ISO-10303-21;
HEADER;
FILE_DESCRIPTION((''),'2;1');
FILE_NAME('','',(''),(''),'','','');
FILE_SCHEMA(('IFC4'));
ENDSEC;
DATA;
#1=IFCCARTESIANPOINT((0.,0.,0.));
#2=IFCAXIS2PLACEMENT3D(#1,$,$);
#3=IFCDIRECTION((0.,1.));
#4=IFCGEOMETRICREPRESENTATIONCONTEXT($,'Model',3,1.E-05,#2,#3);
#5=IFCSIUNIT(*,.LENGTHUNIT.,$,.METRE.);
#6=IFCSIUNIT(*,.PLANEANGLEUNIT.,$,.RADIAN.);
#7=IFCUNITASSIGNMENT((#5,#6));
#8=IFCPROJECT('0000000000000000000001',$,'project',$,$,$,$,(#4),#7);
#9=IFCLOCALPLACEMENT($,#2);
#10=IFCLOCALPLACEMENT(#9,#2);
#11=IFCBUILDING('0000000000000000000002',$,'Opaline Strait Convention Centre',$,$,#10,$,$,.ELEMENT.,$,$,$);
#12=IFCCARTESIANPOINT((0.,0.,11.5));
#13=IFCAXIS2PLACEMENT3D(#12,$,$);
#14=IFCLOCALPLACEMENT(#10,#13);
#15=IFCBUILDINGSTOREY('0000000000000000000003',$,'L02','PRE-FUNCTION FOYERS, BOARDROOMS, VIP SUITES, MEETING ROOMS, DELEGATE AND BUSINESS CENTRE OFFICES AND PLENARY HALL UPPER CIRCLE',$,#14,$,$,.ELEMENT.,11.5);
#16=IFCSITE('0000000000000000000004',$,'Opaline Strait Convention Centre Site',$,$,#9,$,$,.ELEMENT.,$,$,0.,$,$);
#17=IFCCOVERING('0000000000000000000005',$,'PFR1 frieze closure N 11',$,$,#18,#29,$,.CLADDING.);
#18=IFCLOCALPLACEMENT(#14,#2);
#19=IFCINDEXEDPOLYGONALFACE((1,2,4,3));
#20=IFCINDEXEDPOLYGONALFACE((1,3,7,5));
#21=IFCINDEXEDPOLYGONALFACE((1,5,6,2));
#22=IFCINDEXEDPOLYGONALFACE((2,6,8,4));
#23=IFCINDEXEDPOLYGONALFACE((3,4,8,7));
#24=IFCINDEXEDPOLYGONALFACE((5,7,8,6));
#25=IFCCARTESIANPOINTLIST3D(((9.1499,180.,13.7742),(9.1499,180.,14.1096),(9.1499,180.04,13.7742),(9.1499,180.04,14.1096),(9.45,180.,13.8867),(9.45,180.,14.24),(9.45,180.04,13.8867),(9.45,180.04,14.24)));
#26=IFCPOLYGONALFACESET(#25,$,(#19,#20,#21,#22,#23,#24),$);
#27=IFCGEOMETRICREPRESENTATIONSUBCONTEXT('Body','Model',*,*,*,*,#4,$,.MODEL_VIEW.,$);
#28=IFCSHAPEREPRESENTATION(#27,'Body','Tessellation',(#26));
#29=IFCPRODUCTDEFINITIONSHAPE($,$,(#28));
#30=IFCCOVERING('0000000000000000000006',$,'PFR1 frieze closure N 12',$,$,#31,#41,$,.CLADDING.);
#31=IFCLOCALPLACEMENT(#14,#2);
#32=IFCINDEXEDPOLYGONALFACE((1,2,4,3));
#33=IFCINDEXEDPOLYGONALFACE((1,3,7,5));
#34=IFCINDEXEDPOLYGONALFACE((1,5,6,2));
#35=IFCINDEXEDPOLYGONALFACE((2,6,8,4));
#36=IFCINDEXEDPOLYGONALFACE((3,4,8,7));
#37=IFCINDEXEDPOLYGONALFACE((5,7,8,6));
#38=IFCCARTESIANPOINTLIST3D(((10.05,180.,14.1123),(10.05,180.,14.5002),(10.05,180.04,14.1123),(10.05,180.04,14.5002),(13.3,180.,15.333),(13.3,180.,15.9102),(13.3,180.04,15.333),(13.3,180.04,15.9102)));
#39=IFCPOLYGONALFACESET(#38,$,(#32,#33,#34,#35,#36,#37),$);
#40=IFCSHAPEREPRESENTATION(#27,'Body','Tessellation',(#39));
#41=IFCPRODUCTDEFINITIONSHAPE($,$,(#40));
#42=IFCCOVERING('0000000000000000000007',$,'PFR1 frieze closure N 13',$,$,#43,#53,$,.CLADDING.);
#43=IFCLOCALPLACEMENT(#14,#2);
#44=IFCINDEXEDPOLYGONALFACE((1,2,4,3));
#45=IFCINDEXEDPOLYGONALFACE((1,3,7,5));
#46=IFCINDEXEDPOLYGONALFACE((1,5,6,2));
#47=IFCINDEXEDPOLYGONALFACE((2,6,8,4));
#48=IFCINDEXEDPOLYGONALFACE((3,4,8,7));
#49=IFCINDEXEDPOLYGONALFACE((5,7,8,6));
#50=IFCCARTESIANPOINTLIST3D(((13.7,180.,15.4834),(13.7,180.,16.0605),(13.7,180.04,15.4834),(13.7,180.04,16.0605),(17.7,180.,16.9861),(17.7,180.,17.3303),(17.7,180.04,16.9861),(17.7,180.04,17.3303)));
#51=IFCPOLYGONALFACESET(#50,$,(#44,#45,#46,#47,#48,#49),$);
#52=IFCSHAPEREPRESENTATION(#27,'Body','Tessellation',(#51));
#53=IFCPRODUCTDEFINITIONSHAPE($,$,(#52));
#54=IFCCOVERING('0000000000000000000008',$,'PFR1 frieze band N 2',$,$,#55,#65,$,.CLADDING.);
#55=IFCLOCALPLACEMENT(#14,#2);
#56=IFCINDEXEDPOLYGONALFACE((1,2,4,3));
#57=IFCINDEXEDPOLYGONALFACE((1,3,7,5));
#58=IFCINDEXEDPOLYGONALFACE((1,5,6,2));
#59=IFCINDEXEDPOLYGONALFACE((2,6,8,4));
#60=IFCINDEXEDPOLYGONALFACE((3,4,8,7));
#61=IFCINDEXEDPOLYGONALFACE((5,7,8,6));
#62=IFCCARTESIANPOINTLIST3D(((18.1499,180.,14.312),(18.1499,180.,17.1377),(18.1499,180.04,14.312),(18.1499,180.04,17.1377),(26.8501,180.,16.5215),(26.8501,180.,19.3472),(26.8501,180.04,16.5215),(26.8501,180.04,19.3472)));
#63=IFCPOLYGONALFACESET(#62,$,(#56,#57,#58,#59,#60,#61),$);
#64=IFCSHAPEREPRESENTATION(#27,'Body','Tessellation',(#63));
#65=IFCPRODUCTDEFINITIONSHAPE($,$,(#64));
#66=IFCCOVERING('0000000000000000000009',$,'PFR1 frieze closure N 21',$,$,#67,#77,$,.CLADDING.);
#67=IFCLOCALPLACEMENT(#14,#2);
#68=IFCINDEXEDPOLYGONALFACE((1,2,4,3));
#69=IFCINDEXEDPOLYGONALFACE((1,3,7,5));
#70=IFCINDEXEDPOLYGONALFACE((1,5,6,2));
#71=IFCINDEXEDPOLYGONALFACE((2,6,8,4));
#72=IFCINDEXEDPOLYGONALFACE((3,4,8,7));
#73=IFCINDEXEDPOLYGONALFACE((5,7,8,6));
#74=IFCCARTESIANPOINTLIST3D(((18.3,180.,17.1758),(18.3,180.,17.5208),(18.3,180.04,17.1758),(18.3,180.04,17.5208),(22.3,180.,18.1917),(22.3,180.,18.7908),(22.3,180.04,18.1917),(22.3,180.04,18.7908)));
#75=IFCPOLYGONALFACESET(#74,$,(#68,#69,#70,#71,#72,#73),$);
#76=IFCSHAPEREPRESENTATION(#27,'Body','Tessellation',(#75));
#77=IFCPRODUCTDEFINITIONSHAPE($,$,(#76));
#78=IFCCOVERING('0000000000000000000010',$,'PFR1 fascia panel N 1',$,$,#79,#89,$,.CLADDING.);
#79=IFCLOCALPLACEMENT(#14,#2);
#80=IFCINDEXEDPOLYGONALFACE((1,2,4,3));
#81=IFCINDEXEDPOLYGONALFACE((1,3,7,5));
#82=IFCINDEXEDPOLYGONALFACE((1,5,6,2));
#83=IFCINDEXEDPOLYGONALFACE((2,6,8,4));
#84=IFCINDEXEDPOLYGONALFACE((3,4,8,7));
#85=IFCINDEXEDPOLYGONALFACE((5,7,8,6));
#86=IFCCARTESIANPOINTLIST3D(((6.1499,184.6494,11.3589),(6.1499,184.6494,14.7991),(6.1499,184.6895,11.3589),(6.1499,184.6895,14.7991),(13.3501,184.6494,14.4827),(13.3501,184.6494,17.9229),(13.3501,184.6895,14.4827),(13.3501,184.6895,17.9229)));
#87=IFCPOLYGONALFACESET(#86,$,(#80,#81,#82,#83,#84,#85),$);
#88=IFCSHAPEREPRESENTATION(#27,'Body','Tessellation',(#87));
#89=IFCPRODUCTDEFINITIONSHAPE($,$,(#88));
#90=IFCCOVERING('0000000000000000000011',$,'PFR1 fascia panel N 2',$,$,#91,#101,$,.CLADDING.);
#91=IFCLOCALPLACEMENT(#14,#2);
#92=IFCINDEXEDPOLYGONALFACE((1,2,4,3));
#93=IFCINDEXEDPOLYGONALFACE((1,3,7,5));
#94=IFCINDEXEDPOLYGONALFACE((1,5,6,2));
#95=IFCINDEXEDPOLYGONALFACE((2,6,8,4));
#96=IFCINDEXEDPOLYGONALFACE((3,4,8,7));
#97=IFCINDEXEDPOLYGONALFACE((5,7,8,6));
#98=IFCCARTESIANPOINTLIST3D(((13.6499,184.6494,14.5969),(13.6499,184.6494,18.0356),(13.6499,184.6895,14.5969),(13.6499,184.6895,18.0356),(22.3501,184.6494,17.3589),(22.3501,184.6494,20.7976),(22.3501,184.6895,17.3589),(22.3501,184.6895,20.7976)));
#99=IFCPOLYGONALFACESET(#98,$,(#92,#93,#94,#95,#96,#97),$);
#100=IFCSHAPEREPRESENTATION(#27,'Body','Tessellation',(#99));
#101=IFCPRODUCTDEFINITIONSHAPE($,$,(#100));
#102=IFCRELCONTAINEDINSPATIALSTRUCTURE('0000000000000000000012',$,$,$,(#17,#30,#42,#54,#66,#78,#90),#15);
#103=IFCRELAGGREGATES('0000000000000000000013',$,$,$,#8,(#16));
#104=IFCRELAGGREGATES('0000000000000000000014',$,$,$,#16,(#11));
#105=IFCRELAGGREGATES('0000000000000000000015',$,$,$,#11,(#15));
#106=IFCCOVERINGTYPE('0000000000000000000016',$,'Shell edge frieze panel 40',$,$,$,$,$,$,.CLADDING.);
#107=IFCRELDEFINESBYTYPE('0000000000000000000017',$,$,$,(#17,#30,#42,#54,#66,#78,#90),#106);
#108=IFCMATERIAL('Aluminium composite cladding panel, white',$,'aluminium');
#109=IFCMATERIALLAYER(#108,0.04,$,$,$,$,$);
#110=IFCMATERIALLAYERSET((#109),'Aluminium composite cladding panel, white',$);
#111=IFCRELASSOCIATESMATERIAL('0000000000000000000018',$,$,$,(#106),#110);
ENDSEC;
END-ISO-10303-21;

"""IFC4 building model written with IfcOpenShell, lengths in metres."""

from ifc_helpers import new_model, si_unit, direction, frame, origin, place, context, subcontext, project, spatial, polyline, outline, extrude, material, layer, layer_set, type_object, element, save


model = new_model("IFC4")

# Units and contexts
model_context = context("Model", 3, precision=1e-05, world=origin(), true_north=direction((0.0, 1.0)))
body_context = subcontext(model_context, "Body", "Model", "MODEL_VIEW")
ifc_project = project(units=[si_unit("LENGTHUNIT", "METRE"), si_unit("PLANEANGLEUNIT", "RADIAN")], contexts=[model_context])

# Site, building, storey
site_placement = place(None, origin())
site = spatial("IfcSite", under=ifc_project, at=site_placement, Name="Opaline Strait Convention Centre Site", CompositionType="ELEMENT", RefElevation=0.0)
building_placement = place(site_placement, origin())
building = spatial("IfcBuilding", under=site, at=building_placement, Name="Opaline Strait Convention Centre", CompositionType="ELEMENT")
storey_placement = place(building_placement, frame((0.0, 0.0, 11.5)))
storey = spatial("IfcBuildingStorey", under=building, at=storey_placement, Name="L02", Description="PRE-FUNCTION FOYERS, BOARDROOMS, VIP SUITES, MEETING ROOMS, DELEGATE AND BUSINESS CENTRE OFFICES AND PLENARY HALL UPPER CIRCLE", CompositionType="ELEMENT", Elevation=11.5)

# Coverings
ifc_material_1 = material(Name="Aluminium composite cladding panel, white", Category="aluminium")
ifc_layer_1 = layer(ifc_material_1, 0.04)
ifc_layer_set_1 = layer_set([ifc_layer_1], Name="Aluminium composite cladding panel, white")
covering_type_1 = type_object("IfcCoveringType", Name="Shell edge frieze panel 40", PredefinedType="CLADDING", material=ifc_layer_set_1)
covering_1_placement = place(storey_placement, frame((9.1499, 180.0, 13.7742), z_axis=(0.0, -1.0, 0.0), x_axis=(0.936298, 0.0, 0.351207)))
element("IfcCovering", 1, at=covering_1_placement, inside=storey, type_object=covering_type_1, Name="PFR1 frieze closure N 11", PredefinedType="CLADDING", context=body_context, shape_type="SweptSolid", body=[
    extrude(outline(polyline([(0.0, 0.0), (0.3205, 0.0), (0.4445, 0.3308), (0.1178, 0.3141), (0.0, 0.0)])), origin(), (0.0, 0.0, -1.0), 0.04),
])
covering_2_placement = place(storey_placement, frame((10.05, 180.0, 14.1123), z_axis=(0.0, -1.0, 0.0), x_axis=(0.936144, 0.0, 0.351617)))
element("IfcCovering", 2, at=covering_2_placement, inside=storey, type_object=covering_type_1, Name="PFR1 frieze closure N 12", PredefinedType="CLADDING", context=body_context, shape_type="SweptSolid", body=[
    extrude(outline(polyline([(0.0, 0.0), (3.4717, 0.0), (3.6746, 0.5403), (0.1364, 0.3632), (0.0, 0.0)])), origin(), (0.0, 0.0, -1.0), 0.04),
])
covering_3_placement = place(storey_placement, frame((13.7, 180.0, 15.4834), z_axis=(0.0, -1.0, 0.0), x_axis=(0.936122, 0.0, 0.351674)))
element("IfcCovering", 3, at=covering_3_placement, inside=storey, type_object=covering_type_1, Name="PFR1 frieze closure N 13", PredefinedType="CLADDING", context=body_context, shape_type="SweptSolid", body=[
    extrude(outline(polyline([(0.0, 0.0), (4.2729, 0.0), (4.394, 0.3222), (0.203, 0.5403), (0.0, 0.0)])), origin(), (0.0, 0.0, -1.0), 0.04),
])
covering_4_placement = place(storey_placement, frame((18.1499, 180.0, 14.312), z_axis=(0.0, -1.0, 0.0), x_axis=(0.969233, 0.0, 0.246143)))
element("IfcCovering", 4, at=covering_4_placement, inside=storey, type_object=covering_type_1, Name="PFR1 frieze band N 2", PredefinedType="CLADDING", context=body_context, shape_type="SweptSolid", body=[
    extrude(outline(polyline([(0.0, 0.0), (8.9764, 0.0), (9.6719, 2.7387), (0.6955, 2.7387), (0.0, 0.0)])), origin(), (0.0, 0.0, -1.0), 0.04),
])
covering_5_placement = place(storey_placement, frame((18.3, 180.0, 17.1758), z_axis=(0.0, -1.0, 0.0), x_axis=(0.969231, 0.0, 0.246153)))
element("IfcCovering", 5, at=covering_5_placement, inside=storey, type_object=covering_type_1, Name="PFR1 frieze closure N 21", PredefinedType="CLADDING", context=body_context, shape_type="SweptSolid", body=[
    extrude(outline(polyline([(0.0, 0.0), (4.127, 0.0), (4.2745, 0.5807), (0.0849, 0.3344), (0.0, 0.0)])), origin(), (0.0, 0.0, -1.0), 0.04),
])
covering_6_placement = place(storey_placement, frame((6.1499, 184.6494, 11.3589), z_axis=(0.0, -1.0, 0.0), x_axis=(0.917384, 0.0, 0.398004)))
element("IfcCovering", 6, at=covering_6_placement, inside=storey, type_object=covering_type_1, Name="PFR1 fascia panel N 1", PredefinedType="CLADDING", context=body_context, shape_type="SweptSolid", body=[
    extrude(outline(polyline([(0.0, 0.0), (7.8486, 0.0), (9.2178, 3.156), (1.3692, 3.156), (0.0, 0.0)])), origin(), (0.0, 0.0, -1.0), 0.04),
])
covering_7_placement = place(storey_placement, frame((13.6499, 184.6494, 14.5969), z_axis=(0.0, -1.0, 0.0), x_axis=(0.953124, 0.0, 0.302579)))
element("IfcCovering", 7, at=covering_7_placement, inside=storey, type_object=covering_type_1, Name="PFR1 fascia panel N 2", PredefinedType="CLADDING", context=body_context, shape_type="SweptSolid", body=[
    extrude(outline(polyline([(0.0, 0.0), (9.1281, 0.0), (10.1686, 3.2775), (1.0405, 3.2775), (0.0, 0.0)])), origin(), (0.0, 0.0, -1.0), 0.04),
])

save(model, "model.ifc")
